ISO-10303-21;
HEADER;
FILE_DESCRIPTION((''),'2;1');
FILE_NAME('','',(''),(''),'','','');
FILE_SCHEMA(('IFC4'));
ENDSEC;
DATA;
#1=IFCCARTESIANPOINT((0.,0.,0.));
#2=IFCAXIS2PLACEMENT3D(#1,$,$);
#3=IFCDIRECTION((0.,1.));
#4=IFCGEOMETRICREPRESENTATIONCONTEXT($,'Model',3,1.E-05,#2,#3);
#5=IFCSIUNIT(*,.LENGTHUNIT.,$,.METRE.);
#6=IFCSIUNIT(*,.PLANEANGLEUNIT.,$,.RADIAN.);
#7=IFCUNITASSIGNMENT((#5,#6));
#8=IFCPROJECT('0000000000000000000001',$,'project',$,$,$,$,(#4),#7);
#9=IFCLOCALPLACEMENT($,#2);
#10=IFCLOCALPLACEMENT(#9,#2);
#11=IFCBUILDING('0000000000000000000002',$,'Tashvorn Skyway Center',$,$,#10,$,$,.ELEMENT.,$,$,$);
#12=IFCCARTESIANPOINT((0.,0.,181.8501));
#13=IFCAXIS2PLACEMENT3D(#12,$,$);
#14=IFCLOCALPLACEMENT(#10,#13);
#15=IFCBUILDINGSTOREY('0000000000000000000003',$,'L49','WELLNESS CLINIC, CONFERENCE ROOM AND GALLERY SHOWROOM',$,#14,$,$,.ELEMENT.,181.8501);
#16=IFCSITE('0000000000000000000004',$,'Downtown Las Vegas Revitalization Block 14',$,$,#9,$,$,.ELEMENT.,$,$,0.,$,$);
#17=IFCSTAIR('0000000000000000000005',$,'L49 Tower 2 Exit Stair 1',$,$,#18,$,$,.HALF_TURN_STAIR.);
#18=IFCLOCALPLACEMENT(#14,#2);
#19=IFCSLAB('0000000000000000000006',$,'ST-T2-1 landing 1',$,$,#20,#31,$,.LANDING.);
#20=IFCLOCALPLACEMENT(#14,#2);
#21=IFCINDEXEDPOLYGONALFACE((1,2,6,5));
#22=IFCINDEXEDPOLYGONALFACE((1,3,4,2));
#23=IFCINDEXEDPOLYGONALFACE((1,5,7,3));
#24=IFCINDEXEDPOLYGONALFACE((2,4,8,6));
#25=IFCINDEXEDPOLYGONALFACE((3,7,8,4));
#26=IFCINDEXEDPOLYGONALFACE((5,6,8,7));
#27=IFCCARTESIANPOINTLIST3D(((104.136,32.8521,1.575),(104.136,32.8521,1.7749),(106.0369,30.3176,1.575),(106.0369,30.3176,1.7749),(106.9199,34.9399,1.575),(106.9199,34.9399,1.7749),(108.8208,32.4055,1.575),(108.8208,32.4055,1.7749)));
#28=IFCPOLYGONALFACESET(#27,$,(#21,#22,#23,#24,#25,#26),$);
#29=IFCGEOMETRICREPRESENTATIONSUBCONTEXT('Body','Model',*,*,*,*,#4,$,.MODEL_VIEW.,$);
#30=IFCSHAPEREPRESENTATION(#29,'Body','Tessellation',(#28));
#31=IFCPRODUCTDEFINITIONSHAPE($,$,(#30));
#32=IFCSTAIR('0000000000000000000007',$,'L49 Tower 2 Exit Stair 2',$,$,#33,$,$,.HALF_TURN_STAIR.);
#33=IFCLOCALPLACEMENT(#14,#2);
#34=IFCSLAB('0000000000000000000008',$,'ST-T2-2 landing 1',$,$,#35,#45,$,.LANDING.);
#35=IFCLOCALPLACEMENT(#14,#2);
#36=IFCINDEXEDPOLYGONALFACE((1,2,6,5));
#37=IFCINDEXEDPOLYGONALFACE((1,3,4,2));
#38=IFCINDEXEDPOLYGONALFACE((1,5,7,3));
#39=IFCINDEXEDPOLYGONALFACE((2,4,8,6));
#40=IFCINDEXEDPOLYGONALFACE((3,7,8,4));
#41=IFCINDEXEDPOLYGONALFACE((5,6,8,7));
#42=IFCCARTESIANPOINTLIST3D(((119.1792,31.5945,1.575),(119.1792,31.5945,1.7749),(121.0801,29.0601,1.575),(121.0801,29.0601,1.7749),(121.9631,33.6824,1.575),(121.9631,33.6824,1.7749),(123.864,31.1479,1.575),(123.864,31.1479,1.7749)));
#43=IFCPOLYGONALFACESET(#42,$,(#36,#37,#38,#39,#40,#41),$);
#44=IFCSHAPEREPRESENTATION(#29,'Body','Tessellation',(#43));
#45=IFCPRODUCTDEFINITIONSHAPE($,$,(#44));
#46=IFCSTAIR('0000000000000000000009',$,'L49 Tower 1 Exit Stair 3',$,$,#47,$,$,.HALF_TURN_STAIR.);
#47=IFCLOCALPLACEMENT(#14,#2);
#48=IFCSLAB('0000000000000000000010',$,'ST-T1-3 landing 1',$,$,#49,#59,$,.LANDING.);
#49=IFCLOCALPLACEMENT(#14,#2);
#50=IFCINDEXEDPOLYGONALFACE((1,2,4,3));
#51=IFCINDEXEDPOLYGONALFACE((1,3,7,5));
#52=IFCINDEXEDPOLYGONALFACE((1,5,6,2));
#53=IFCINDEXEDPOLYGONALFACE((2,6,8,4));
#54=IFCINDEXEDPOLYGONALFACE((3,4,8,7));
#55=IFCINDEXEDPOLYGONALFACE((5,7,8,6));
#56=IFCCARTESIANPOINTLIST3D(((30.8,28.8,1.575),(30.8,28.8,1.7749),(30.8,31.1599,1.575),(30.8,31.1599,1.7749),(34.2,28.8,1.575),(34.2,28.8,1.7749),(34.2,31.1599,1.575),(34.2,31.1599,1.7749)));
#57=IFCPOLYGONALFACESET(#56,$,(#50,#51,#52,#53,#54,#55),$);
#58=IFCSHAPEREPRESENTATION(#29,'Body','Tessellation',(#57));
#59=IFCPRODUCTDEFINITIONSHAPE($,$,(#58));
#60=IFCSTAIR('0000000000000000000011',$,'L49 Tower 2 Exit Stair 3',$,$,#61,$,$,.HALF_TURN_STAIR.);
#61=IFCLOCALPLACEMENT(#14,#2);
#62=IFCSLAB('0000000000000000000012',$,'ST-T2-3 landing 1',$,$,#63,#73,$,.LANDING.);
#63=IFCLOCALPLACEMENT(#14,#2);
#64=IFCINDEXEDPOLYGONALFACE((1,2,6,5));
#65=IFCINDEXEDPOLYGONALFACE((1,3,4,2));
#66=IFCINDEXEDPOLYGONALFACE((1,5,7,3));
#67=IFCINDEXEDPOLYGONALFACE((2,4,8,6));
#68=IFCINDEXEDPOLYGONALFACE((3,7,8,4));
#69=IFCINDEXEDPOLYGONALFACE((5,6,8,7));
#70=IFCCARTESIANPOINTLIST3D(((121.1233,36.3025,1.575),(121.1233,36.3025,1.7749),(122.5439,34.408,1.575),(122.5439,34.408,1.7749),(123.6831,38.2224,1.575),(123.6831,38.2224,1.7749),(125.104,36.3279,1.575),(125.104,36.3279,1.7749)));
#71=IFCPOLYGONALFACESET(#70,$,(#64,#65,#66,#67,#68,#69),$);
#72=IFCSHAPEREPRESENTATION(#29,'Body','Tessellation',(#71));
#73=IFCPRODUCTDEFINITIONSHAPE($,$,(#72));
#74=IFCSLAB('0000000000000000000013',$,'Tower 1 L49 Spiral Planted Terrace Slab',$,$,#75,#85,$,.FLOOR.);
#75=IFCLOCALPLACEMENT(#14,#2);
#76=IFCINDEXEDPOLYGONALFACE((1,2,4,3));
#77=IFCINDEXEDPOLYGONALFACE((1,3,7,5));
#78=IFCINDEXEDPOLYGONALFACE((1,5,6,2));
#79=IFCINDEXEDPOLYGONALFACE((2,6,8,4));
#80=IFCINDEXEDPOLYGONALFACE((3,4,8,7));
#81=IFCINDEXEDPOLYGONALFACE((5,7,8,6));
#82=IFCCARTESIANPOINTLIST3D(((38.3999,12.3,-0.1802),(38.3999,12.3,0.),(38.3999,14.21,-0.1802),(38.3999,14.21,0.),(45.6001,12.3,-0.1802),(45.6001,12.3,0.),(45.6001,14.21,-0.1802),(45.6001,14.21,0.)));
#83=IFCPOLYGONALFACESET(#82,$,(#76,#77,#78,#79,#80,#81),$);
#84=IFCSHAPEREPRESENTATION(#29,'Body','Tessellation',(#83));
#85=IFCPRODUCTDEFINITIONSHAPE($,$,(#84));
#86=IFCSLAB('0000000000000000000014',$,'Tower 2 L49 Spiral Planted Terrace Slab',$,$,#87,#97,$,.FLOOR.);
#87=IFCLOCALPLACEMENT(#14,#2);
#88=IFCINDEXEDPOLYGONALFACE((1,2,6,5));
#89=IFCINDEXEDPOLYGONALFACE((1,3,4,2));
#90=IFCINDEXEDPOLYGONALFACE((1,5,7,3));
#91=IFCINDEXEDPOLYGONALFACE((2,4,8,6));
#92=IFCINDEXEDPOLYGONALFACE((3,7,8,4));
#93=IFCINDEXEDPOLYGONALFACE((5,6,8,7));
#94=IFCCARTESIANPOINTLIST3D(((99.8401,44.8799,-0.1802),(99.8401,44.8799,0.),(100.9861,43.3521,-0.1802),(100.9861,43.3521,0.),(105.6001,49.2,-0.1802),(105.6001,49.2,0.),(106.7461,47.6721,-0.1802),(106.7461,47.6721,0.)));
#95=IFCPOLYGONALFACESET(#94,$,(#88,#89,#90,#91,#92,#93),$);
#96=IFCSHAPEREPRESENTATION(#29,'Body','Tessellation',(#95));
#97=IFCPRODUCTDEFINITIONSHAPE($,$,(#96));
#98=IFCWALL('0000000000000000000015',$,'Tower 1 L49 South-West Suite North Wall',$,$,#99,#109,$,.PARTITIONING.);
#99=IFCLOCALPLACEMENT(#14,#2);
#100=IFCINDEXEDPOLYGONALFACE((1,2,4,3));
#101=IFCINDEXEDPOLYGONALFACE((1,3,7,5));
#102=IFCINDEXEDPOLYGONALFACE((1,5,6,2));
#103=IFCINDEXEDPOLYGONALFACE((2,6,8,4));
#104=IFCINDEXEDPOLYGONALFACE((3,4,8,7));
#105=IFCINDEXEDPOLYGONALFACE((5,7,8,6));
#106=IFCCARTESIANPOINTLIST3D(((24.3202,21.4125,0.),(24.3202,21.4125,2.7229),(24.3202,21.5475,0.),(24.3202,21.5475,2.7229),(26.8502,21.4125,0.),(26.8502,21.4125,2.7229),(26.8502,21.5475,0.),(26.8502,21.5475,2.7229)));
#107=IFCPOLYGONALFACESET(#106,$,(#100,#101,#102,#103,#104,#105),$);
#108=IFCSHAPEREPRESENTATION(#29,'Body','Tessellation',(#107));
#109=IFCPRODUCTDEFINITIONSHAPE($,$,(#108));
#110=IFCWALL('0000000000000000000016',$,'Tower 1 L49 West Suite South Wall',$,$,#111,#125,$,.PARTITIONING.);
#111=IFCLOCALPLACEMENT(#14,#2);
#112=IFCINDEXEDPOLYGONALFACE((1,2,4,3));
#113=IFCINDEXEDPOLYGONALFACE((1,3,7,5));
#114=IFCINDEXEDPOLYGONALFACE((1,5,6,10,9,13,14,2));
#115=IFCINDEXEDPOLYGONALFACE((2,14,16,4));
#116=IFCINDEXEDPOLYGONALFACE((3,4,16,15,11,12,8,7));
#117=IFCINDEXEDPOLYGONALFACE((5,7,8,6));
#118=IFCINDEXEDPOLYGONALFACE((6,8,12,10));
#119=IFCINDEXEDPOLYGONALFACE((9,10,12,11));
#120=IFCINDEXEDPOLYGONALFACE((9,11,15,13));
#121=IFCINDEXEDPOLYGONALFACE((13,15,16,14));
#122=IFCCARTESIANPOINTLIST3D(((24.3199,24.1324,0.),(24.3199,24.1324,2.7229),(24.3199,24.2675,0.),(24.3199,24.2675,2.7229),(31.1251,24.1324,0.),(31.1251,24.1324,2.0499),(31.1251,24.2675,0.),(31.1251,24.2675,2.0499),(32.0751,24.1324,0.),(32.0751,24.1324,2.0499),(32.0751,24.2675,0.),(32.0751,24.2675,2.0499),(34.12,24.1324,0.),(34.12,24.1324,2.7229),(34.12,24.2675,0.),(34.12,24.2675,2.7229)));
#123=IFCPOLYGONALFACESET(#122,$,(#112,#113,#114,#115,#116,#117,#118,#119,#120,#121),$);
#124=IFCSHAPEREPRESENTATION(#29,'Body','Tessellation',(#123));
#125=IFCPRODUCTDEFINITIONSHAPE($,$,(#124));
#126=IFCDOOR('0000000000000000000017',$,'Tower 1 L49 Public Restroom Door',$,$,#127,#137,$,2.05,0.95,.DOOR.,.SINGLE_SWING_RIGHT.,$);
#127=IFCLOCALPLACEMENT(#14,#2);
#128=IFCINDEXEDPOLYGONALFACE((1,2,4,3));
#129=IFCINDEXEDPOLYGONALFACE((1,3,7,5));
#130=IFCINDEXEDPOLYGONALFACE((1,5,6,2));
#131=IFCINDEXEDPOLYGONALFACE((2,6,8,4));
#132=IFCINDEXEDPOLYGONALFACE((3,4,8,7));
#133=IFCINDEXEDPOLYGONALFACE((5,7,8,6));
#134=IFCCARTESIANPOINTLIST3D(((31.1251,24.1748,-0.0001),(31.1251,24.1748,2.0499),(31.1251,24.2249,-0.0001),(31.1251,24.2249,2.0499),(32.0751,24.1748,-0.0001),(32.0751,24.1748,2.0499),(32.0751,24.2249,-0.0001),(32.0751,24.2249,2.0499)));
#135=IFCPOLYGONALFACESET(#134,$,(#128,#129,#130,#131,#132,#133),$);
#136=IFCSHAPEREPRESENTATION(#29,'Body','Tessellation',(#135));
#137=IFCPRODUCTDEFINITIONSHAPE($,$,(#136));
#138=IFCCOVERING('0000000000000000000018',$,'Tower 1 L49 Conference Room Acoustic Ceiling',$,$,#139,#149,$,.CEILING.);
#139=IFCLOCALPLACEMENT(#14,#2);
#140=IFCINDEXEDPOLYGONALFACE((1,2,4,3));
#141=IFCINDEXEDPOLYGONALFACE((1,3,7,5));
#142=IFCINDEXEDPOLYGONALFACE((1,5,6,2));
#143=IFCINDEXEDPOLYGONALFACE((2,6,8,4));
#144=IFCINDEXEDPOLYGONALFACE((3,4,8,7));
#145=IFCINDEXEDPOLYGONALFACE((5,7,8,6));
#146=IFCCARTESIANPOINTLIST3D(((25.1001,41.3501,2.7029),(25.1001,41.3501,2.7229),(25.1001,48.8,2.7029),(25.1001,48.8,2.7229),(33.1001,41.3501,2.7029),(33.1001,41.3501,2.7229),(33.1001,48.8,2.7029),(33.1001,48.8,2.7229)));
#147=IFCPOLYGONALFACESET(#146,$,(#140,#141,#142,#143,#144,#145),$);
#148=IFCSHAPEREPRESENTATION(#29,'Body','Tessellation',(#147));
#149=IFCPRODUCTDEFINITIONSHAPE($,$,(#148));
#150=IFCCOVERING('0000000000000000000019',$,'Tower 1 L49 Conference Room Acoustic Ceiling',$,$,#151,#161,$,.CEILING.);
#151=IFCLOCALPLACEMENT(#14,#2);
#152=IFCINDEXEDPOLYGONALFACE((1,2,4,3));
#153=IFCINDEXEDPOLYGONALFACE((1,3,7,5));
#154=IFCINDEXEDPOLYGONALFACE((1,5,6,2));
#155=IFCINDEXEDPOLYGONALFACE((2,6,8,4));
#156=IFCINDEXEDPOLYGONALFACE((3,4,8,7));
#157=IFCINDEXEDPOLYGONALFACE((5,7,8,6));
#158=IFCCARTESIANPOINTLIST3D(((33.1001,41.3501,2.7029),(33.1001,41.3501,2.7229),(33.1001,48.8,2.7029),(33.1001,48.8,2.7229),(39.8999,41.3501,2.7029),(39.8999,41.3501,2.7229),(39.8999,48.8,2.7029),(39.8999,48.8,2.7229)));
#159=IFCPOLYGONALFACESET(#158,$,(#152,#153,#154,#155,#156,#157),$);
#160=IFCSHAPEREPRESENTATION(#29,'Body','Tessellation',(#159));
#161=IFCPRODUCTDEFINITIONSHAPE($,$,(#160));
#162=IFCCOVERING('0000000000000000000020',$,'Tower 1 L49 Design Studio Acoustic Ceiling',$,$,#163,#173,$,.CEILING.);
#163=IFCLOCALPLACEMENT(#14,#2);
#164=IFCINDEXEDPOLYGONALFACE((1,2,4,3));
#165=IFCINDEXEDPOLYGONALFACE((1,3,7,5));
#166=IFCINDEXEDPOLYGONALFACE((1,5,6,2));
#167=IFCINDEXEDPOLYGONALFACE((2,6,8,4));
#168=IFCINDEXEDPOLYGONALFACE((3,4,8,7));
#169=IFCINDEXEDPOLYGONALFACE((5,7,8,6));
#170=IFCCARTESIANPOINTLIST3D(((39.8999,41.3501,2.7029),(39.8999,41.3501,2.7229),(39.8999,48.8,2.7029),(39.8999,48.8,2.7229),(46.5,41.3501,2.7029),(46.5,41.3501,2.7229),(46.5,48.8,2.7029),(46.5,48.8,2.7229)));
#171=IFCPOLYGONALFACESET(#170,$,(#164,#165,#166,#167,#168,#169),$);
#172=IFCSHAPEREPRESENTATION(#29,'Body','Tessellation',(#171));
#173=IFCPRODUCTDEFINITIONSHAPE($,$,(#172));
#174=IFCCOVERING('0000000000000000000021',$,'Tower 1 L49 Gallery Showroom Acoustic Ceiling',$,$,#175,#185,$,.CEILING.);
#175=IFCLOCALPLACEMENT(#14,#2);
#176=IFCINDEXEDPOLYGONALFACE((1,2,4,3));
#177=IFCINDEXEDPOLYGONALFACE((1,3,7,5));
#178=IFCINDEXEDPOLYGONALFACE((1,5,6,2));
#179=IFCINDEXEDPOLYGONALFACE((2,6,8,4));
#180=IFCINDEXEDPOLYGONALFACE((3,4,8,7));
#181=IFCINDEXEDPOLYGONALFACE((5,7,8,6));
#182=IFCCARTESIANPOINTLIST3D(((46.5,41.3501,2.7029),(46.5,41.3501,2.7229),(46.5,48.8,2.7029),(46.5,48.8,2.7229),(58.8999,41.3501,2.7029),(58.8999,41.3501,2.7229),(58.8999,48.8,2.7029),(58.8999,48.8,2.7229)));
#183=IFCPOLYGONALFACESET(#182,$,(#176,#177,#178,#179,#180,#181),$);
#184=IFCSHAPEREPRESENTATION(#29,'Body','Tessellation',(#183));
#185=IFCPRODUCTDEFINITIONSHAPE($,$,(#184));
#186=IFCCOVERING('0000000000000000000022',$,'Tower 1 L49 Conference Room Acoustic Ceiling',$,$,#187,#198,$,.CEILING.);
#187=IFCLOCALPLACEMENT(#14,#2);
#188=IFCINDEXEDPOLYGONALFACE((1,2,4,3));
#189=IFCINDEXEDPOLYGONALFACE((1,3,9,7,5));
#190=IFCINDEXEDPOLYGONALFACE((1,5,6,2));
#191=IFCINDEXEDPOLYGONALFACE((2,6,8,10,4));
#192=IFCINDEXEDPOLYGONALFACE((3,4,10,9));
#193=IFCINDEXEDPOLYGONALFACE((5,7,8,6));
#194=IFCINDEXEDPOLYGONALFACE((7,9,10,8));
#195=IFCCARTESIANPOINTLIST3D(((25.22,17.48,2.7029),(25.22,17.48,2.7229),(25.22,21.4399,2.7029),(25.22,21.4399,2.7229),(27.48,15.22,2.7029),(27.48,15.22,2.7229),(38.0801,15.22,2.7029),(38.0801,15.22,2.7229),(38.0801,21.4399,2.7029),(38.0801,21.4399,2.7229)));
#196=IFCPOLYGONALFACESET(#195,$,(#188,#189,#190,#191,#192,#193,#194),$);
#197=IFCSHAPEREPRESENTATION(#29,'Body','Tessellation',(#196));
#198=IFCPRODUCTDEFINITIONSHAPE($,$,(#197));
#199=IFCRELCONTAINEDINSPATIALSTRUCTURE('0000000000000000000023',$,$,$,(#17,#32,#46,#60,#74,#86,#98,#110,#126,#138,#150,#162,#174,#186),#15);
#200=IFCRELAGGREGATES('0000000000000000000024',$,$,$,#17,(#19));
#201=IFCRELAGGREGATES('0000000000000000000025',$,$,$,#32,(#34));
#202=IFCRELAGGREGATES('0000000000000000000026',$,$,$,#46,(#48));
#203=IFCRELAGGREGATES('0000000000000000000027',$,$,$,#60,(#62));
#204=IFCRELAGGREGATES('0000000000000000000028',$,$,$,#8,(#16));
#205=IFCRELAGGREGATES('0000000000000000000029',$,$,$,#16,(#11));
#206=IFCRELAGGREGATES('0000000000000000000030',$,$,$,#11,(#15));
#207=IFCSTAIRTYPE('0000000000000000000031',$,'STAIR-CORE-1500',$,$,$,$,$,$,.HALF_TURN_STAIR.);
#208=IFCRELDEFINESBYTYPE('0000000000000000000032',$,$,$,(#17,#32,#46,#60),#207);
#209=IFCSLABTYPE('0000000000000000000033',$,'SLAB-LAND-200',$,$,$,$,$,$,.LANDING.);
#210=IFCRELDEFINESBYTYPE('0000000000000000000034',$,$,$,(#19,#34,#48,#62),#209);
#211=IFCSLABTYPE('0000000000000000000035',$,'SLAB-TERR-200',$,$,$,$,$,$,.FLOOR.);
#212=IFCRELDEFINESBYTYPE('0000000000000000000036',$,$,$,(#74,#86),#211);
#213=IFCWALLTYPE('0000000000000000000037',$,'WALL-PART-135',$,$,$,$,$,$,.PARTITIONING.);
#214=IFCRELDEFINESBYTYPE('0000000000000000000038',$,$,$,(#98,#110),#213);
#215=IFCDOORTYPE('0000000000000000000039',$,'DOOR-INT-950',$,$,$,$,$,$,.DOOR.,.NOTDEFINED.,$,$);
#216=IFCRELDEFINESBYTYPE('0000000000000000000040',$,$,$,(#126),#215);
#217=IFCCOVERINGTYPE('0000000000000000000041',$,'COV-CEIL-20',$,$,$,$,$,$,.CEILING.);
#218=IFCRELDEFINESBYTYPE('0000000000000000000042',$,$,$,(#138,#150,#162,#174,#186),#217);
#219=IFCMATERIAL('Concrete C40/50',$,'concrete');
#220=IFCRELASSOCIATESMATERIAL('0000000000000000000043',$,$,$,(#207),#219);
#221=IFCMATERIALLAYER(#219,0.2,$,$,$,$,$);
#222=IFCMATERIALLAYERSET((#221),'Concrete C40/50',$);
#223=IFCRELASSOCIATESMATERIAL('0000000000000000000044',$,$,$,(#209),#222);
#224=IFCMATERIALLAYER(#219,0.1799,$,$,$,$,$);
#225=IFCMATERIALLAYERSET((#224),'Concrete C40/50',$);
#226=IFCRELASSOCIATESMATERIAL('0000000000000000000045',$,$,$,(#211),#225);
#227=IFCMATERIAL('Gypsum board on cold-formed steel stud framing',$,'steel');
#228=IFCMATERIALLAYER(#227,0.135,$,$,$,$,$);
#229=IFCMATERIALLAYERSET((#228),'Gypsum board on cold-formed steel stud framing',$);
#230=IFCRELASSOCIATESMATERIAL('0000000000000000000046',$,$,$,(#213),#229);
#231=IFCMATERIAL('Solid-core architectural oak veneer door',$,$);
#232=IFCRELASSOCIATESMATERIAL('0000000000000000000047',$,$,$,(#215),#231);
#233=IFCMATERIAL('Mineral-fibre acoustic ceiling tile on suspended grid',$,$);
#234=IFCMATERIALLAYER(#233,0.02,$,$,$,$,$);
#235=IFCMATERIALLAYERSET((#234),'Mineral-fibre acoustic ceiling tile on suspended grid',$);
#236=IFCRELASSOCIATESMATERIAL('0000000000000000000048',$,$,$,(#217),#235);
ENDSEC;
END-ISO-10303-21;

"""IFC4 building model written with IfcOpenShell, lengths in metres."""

from ifc_helpers import new_model, si_unit, direction, frame, frame_2d, origin, place, context, subcontext, project, spatial, polyline, rectangle, outline, extrude, material, layer, layer_set, type_object, element, fill, aggregate, save


model = new_model("IFC4")

# Units and contexts
model_context = context("Model", 3, precision=1e-05, world=origin(), true_north=direction((0.0, 1.0)))
body_context = subcontext(model_context, "Body", "Model", "MODEL_VIEW")
ifc_project = project(units=[si_unit("LENGTHUNIT", "METRE"), si_unit("PLANEANGLEUNIT", "RADIAN")], contexts=[model_context])

# Site, building, storey
site_placement = place(None, origin())
site = spatial("IfcSite", under=ifc_project, at=site_placement, Name="Downtown Las Vegas Revitalization Block 14", CompositionType="ELEMENT", RefElevation=0.0)
building_placement = place(site_placement, origin())
building = spatial("IfcBuilding", under=site, at=building_placement, Name="Tashvorn Skyway Center", CompositionType="ELEMENT")
storey_placement = place(building_placement, frame((0.0, 0.0, 181.8501)))
storey = spatial("IfcBuildingStorey", under=building, at=storey_placement, Name="L49", Description="WELLNESS CLINIC, CONFERENCE ROOM AND GALLERY SHOWROOM", CompositionType="ELEMENT", Elevation=181.8501)

# Shared definitions
ifc_material_1 = material(Name="Concrete C40/50", Category="concrete")

# Stairs, slabs
stair_type = type_object("IfcStairType", Name="STAIR-CORE-1500", PredefinedType="HALF_TURN_STAIR", material=ifc_material_1)
ifc_layer_1 = layer(ifc_material_1, 0.2)
ifc_layer_set_1 = layer_set([ifc_layer_1], Name="Concrete C40/50")
slab_type_1 = type_object("IfcSlabType", Name="SLAB-LAND-200", PredefinedType="LANDING", material=ifc_layer_set_1)
stair_1_placement = place(storey_placement, origin())
stair_1 = element("IfcStair", 1, at=stair_1_placement, inside=storey, type_object=stair_type, Name="L49 Tower 2 Exit Stair 1", PredefinedType="HALF_TURN_STAIR")
slab_1_placement = place(storey_placement, frame((0.0, 0.0, 1.575)))
slab_1 = element("IfcSlab", 2, at=slab_1_placement, type_object=slab_type_1, Name="ST-T2-1 landing 1", PredefinedType="LANDING", context=body_context, shape_type="SweptSolid", body=[
    extrude(outline(polyline([(108.8208, 32.4055), (106.9199, 34.9399), (104.136, 32.8521), (106.0369, 30.3176), (108.8208, 32.4055)])), origin(), (0.0, 0.0, 1.0), 0.2),
])
aggregate(stair_1, [slab_1])
stair_2_placement = place(storey_placement, origin())
stair_2 = element("IfcStair", 3, at=stair_2_placement, inside=storey, type_object=stair_type, Name="L49 Tower 2 Exit Stair 2", PredefinedType="HALF_TURN_STAIR")
slab_2_placement = place(storey_placement, frame((0.0, 0.0, 1.575)))
slab_2 = element("IfcSlab", 4, at=slab_2_placement, type_object=slab_type_1, Name="ST-T2-2 landing 1", PredefinedType="LANDING", context=body_context, shape_type="SweptSolid", body=[
    extrude(outline(polyline([(119.1792, 31.5945), (121.0801, 29.0601), (123.864, 31.1479), (121.9631, 33.6824), (119.1792, 31.5945)])), origin(), (0.0, 0.0, 1.0), 0.2),
])
aggregate(stair_2, [slab_2])
stair_3_placement = place(storey_placement, origin())
stair_3 = element("IfcStair", 5, at=stair_3_placement, inside=storey, type_object=stair_type, Name="L49 Tower 1 Exit Stair 3", PredefinedType="HALF_TURN_STAIR")
slab_3_placement = place(storey_placement, frame((0.0, 0.0, 1.575)))
slab_3 = element("IfcSlab", 6, at=slab_3_placement, type_object=slab_type_1, Name="ST-T1-3 landing 1", PredefinedType="LANDING", context=body_context, shape_type="SweptSolid", body=[
    extrude(outline(polyline([(30.8, 31.1599), (30.8, 28.8), (34.2, 28.8), (34.2, 31.1599), (30.8, 31.1599)])), origin(), (0.0, 0.0, 1.0), 0.2),
])
aggregate(stair_3, [slab_3])
stair_4_placement = place(storey_placement, origin())
stair_4 = element("IfcStair", 7, at=stair_4_placement, inside=storey, type_object=stair_type, Name="L49 Tower 2 Exit Stair 3", PredefinedType="HALF_TURN_STAIR")
slab_4_placement = place(storey_placement, frame((0.0, 0.0, 1.575)))
slab_4 = element("IfcSlab", 8, at=slab_4_placement, type_object=slab_type_1, Name="ST-T2-3 landing 1", PredefinedType="LANDING", context=body_context, shape_type="SweptSolid", body=[
    extrude(outline(polyline([(121.1233, 36.3025), (122.5439, 34.408), (125.104, 36.3279), (123.6831, 38.2224), (121.1233, 36.3025)])), origin(), (0.0, 0.0, 1.0), 0.2),
])
aggregate(stair_4, [slab_4])

# Slabs
ifc_layer_2 = layer(ifc_material_1, 0.1799)
ifc_layer_set_2 = layer_set([ifc_layer_2], Name="Concrete C40/50")
slab_type_2 = type_object("IfcSlabType", Name="SLAB-TERR-200", PredefinedType="FLOOR", material=ifc_layer_set_2)
slab_5_placement = place(storey_placement, frame((0.0, 0.0, -0.1802)))
element("IfcSlab", 9, at=slab_5_placement, inside=storey, type_object=slab_type_2, Name="Tower 1 L49 Spiral Planted Terrace Slab", PredefinedType="FLOOR", context=body_context, shape_type="SweptSolid", body=[
    extrude(outline(polyline([(38.3999, 12.3), (45.6001, 12.3), (45.6001, 14.21), (38.3999, 14.21), (38.3999, 12.3)])), origin(), (0.0, 0.0, 1.0), 0.1802),
])
slab_6_placement = place(storey_placement, frame((0.0, 0.0, -0.1802)))
element("IfcSlab", 10, at=slab_6_placement, inside=storey, type_object=slab_type_2, Name="Tower 2 L49 Spiral Planted Terrace Slab", PredefinedType="FLOOR", context=body_context, shape_type="SweptSolid", body=[
    extrude(outline(polyline([(100.9861, 43.3521), (106.7461, 47.6721), (105.6001, 49.2), (99.8401, 44.8799), (100.9861, 43.3521)])), origin(), (0.0, 0.0, 1.0), 0.1802),
])

# Wall
ifc_material_2 = material(Name="Gypsum board on cold-formed steel stud framing", Category="steel")
ifc_layer_3 = layer(ifc_material_2, 0.135)
ifc_layer_set_3 = layer_set([ifc_layer_3], Name="Gypsum board on cold-formed steel stud framing")
wall_type = type_object("IfcWallType", Name="WALL-PART-135", PredefinedType="PARTITIONING", material=ifc_layer_set_3)
wall_1_placement = place(storey_placement, frame((24.3201, 21.48, 0.0), z_axis=(0.0, 0.0, 1.0), x_axis=(1.0, 0.0, 0.0)))
element("IfcWall", 11, at=wall_1_placement, inside=storey, type_object=wall_type, Name="Tower 1 L49 South-West Suite North Wall", PredefinedType="PARTITIONING", context=body_context, shape_type="SweptSolid", body=[
    extrude(rectangle(XDim=2.53, YDim=0.135, at=frame_2d((1.2651, 0.0))), origin(), (0.0, 0.0, 1.0), 2.7229),
])

# Wall, opening, door
wall_2_placement = place(storey_placement, frame((24.3201, 24.2, 0.0), z_axis=(0.0, 0.0, 1.0), x_axis=(1.0, 0.0, 0.0)))
wall_2 = element("IfcWall", 12, at=wall_2_placement, inside=storey, type_object=wall_type, Name="Tower 1 L49 West Suite South Wall", PredefinedType="PARTITIONING", context=body_context, shape_type="SweptSolid", body=[
    extrude(rectangle(XDim=9.8, YDim=0.135, at=frame_2d((4.8999, 0.0))), origin(), (0.0, 0.0, 1.0), 2.7229),
])
opening_placement = place(wall_2_placement, frame((6.8049, 0.0, 0.0)))
opening = element("IfcOpeningElement", 13, at=opening_placement, cuts=wall_2, PredefinedType="OPENING", context=body_context, shape_type="SweptSolid", body=[
    extrude(rectangle(XDim=0.95, YDim=2.05, at=frame_2d((0.4751, 1.0249))), frame((0.0, 0.0774, 0.0), z_axis=(0.0, -1.0, 0.0), x_axis=(1.0, 0.0, 0.0)), (0.0, 0.0, 1.0), 0.155),
])
ifc_material_3 = material(Name="Solid-core architectural oak veneer door")
door_type = type_object("IfcDoorType", Name="DOOR-INT-950", OperationType="NOTDEFINED", PredefinedType="DOOR", material=ifc_material_3)
door_placement = place(opening_placement, origin())
door = element("IfcDoor", 14, at=door_placement, inside=storey, type_object=door_type, Name="Tower 1 L49 Public Restroom Door", OperationType="SINGLE_SWING_RIGHT", OverallHeight=2.05, OverallWidth=0.95, PredefinedType="DOOR", context=body_context, shape_type="SweptSolid", body=[
    extrude(rectangle(XDim=0.95, YDim=2.05, at=frame_2d((0.4751, 1.0249))), frame((0.0, 0.0249, 0.0), z_axis=(0.0, -1.0, 0.0), x_axis=(1.0, 0.0, 0.0)), (0.0, 0.0, 1.0), 0.05),
])
fill(opening, door)

# Coverings
ifc_material_4 = material(Name="Mineral-fibre acoustic ceiling tile on suspended grid")
ifc_layer_4 = layer(ifc_material_4, 0.02)
ifc_layer_set_4 = layer_set([ifc_layer_4], Name="Mineral-fibre acoustic ceiling tile on suspended grid")
covering_type_1 = type_object("IfcCoveringType", Name="COV-CEIL-20", PredefinedType="CEILING", material=ifc_layer_set_4)
covering_1_placement = place(storey_placement, frame((0.0, 0.0, 2.7029)))
element("IfcCovering", 15, at=covering_1_placement, inside=storey, type_object=covering_type_1, Name="Tower 1 L49 Conference Room Acoustic Ceiling", PredefinedType="CEILING", context=body_context, shape_type="SweptSolid", body=[
    extrude(outline(polyline([(25.1001, 41.3501), (33.1001, 41.3501), (33.1001, 48.8), (25.1001, 48.8), (25.1001, 41.3501)])), origin(), (0.0, 0.0, 1.0), 0.02),
])
covering_2_placement = place(storey_placement, frame((0.0, 0.0, 2.7029)))
element("IfcCovering", 16, at=covering_2_placement, inside=storey, type_object=covering_type_1, Name="Tower 1 L49 Conference Room Acoustic Ceiling", PredefinedType="CEILING", context=body_context, shape_type="SweptSolid", body=[
    extrude(outline(polyline([(33.1001, 41.3501), (39.8999, 41.3501), (39.8999, 48.8), (33.1001, 48.8), (33.1001, 41.3501)])), origin(), (0.0, 0.0, 1.0), 0.02),
])
covering_3_placement = place(storey_placement, frame((0.0, 0.0, 2.7029)))
element("IfcCovering", 17, at=covering_3_placement, inside=storey, type_object=covering_type_1, Name="Tower 1 L49 Design Studio Acoustic Ceiling", PredefinedType="CEILING", context=body_context, shape_type="SweptSolid", body=[
    extrude(outline(polyline([(39.8999, 41.3501), (46.5, 41.3501), (46.5, 48.8), (39.8999, 48.8), (39.8999, 41.3501)])), origin(), (0.0, 0.0, 1.0), 0.02),
])
covering_4_placement = place(storey_placement, frame((0.0, 0.0, 2.7029)))
element("IfcCovering", 18, at=covering_4_placement, inside=storey, type_object=covering_type_1, Name="Tower 1 L49 Gallery Showroom Acoustic Ceiling", PredefinedType="CEILING", context=body_context, shape_type="SweptSolid", body=[
    extrude(outline(polyline([(46.5, 41.3501), (58.8999, 41.3501), (58.8999, 48.8), (46.5, 48.8), (46.5, 41.3501)])), origin(), (0.0, 0.0, 1.0), 0.02),
])
covering_5_placement = place(storey_placement, frame((0.0, 0.0, 2.7029)))
element("IfcCovering", 19, at=covering_5_placement, inside=storey, type_object=covering_type_1, Name="Tower 1 L49 Conference Room Acoustic Ceiling", PredefinedType="CEILING", context=body_context, shape_type="SweptSolid", body=[
    extrude(outline(polyline([(25.22, 21.4399), (38.0801, 21.4399), (38.0801, 15.22), (27.48, 15.22), (25.22, 17.48), (25.22, 21.4399)])), origin(), (0.0, 0.0, 1.0), 0.02),
])

save(model, "model.ifc")
